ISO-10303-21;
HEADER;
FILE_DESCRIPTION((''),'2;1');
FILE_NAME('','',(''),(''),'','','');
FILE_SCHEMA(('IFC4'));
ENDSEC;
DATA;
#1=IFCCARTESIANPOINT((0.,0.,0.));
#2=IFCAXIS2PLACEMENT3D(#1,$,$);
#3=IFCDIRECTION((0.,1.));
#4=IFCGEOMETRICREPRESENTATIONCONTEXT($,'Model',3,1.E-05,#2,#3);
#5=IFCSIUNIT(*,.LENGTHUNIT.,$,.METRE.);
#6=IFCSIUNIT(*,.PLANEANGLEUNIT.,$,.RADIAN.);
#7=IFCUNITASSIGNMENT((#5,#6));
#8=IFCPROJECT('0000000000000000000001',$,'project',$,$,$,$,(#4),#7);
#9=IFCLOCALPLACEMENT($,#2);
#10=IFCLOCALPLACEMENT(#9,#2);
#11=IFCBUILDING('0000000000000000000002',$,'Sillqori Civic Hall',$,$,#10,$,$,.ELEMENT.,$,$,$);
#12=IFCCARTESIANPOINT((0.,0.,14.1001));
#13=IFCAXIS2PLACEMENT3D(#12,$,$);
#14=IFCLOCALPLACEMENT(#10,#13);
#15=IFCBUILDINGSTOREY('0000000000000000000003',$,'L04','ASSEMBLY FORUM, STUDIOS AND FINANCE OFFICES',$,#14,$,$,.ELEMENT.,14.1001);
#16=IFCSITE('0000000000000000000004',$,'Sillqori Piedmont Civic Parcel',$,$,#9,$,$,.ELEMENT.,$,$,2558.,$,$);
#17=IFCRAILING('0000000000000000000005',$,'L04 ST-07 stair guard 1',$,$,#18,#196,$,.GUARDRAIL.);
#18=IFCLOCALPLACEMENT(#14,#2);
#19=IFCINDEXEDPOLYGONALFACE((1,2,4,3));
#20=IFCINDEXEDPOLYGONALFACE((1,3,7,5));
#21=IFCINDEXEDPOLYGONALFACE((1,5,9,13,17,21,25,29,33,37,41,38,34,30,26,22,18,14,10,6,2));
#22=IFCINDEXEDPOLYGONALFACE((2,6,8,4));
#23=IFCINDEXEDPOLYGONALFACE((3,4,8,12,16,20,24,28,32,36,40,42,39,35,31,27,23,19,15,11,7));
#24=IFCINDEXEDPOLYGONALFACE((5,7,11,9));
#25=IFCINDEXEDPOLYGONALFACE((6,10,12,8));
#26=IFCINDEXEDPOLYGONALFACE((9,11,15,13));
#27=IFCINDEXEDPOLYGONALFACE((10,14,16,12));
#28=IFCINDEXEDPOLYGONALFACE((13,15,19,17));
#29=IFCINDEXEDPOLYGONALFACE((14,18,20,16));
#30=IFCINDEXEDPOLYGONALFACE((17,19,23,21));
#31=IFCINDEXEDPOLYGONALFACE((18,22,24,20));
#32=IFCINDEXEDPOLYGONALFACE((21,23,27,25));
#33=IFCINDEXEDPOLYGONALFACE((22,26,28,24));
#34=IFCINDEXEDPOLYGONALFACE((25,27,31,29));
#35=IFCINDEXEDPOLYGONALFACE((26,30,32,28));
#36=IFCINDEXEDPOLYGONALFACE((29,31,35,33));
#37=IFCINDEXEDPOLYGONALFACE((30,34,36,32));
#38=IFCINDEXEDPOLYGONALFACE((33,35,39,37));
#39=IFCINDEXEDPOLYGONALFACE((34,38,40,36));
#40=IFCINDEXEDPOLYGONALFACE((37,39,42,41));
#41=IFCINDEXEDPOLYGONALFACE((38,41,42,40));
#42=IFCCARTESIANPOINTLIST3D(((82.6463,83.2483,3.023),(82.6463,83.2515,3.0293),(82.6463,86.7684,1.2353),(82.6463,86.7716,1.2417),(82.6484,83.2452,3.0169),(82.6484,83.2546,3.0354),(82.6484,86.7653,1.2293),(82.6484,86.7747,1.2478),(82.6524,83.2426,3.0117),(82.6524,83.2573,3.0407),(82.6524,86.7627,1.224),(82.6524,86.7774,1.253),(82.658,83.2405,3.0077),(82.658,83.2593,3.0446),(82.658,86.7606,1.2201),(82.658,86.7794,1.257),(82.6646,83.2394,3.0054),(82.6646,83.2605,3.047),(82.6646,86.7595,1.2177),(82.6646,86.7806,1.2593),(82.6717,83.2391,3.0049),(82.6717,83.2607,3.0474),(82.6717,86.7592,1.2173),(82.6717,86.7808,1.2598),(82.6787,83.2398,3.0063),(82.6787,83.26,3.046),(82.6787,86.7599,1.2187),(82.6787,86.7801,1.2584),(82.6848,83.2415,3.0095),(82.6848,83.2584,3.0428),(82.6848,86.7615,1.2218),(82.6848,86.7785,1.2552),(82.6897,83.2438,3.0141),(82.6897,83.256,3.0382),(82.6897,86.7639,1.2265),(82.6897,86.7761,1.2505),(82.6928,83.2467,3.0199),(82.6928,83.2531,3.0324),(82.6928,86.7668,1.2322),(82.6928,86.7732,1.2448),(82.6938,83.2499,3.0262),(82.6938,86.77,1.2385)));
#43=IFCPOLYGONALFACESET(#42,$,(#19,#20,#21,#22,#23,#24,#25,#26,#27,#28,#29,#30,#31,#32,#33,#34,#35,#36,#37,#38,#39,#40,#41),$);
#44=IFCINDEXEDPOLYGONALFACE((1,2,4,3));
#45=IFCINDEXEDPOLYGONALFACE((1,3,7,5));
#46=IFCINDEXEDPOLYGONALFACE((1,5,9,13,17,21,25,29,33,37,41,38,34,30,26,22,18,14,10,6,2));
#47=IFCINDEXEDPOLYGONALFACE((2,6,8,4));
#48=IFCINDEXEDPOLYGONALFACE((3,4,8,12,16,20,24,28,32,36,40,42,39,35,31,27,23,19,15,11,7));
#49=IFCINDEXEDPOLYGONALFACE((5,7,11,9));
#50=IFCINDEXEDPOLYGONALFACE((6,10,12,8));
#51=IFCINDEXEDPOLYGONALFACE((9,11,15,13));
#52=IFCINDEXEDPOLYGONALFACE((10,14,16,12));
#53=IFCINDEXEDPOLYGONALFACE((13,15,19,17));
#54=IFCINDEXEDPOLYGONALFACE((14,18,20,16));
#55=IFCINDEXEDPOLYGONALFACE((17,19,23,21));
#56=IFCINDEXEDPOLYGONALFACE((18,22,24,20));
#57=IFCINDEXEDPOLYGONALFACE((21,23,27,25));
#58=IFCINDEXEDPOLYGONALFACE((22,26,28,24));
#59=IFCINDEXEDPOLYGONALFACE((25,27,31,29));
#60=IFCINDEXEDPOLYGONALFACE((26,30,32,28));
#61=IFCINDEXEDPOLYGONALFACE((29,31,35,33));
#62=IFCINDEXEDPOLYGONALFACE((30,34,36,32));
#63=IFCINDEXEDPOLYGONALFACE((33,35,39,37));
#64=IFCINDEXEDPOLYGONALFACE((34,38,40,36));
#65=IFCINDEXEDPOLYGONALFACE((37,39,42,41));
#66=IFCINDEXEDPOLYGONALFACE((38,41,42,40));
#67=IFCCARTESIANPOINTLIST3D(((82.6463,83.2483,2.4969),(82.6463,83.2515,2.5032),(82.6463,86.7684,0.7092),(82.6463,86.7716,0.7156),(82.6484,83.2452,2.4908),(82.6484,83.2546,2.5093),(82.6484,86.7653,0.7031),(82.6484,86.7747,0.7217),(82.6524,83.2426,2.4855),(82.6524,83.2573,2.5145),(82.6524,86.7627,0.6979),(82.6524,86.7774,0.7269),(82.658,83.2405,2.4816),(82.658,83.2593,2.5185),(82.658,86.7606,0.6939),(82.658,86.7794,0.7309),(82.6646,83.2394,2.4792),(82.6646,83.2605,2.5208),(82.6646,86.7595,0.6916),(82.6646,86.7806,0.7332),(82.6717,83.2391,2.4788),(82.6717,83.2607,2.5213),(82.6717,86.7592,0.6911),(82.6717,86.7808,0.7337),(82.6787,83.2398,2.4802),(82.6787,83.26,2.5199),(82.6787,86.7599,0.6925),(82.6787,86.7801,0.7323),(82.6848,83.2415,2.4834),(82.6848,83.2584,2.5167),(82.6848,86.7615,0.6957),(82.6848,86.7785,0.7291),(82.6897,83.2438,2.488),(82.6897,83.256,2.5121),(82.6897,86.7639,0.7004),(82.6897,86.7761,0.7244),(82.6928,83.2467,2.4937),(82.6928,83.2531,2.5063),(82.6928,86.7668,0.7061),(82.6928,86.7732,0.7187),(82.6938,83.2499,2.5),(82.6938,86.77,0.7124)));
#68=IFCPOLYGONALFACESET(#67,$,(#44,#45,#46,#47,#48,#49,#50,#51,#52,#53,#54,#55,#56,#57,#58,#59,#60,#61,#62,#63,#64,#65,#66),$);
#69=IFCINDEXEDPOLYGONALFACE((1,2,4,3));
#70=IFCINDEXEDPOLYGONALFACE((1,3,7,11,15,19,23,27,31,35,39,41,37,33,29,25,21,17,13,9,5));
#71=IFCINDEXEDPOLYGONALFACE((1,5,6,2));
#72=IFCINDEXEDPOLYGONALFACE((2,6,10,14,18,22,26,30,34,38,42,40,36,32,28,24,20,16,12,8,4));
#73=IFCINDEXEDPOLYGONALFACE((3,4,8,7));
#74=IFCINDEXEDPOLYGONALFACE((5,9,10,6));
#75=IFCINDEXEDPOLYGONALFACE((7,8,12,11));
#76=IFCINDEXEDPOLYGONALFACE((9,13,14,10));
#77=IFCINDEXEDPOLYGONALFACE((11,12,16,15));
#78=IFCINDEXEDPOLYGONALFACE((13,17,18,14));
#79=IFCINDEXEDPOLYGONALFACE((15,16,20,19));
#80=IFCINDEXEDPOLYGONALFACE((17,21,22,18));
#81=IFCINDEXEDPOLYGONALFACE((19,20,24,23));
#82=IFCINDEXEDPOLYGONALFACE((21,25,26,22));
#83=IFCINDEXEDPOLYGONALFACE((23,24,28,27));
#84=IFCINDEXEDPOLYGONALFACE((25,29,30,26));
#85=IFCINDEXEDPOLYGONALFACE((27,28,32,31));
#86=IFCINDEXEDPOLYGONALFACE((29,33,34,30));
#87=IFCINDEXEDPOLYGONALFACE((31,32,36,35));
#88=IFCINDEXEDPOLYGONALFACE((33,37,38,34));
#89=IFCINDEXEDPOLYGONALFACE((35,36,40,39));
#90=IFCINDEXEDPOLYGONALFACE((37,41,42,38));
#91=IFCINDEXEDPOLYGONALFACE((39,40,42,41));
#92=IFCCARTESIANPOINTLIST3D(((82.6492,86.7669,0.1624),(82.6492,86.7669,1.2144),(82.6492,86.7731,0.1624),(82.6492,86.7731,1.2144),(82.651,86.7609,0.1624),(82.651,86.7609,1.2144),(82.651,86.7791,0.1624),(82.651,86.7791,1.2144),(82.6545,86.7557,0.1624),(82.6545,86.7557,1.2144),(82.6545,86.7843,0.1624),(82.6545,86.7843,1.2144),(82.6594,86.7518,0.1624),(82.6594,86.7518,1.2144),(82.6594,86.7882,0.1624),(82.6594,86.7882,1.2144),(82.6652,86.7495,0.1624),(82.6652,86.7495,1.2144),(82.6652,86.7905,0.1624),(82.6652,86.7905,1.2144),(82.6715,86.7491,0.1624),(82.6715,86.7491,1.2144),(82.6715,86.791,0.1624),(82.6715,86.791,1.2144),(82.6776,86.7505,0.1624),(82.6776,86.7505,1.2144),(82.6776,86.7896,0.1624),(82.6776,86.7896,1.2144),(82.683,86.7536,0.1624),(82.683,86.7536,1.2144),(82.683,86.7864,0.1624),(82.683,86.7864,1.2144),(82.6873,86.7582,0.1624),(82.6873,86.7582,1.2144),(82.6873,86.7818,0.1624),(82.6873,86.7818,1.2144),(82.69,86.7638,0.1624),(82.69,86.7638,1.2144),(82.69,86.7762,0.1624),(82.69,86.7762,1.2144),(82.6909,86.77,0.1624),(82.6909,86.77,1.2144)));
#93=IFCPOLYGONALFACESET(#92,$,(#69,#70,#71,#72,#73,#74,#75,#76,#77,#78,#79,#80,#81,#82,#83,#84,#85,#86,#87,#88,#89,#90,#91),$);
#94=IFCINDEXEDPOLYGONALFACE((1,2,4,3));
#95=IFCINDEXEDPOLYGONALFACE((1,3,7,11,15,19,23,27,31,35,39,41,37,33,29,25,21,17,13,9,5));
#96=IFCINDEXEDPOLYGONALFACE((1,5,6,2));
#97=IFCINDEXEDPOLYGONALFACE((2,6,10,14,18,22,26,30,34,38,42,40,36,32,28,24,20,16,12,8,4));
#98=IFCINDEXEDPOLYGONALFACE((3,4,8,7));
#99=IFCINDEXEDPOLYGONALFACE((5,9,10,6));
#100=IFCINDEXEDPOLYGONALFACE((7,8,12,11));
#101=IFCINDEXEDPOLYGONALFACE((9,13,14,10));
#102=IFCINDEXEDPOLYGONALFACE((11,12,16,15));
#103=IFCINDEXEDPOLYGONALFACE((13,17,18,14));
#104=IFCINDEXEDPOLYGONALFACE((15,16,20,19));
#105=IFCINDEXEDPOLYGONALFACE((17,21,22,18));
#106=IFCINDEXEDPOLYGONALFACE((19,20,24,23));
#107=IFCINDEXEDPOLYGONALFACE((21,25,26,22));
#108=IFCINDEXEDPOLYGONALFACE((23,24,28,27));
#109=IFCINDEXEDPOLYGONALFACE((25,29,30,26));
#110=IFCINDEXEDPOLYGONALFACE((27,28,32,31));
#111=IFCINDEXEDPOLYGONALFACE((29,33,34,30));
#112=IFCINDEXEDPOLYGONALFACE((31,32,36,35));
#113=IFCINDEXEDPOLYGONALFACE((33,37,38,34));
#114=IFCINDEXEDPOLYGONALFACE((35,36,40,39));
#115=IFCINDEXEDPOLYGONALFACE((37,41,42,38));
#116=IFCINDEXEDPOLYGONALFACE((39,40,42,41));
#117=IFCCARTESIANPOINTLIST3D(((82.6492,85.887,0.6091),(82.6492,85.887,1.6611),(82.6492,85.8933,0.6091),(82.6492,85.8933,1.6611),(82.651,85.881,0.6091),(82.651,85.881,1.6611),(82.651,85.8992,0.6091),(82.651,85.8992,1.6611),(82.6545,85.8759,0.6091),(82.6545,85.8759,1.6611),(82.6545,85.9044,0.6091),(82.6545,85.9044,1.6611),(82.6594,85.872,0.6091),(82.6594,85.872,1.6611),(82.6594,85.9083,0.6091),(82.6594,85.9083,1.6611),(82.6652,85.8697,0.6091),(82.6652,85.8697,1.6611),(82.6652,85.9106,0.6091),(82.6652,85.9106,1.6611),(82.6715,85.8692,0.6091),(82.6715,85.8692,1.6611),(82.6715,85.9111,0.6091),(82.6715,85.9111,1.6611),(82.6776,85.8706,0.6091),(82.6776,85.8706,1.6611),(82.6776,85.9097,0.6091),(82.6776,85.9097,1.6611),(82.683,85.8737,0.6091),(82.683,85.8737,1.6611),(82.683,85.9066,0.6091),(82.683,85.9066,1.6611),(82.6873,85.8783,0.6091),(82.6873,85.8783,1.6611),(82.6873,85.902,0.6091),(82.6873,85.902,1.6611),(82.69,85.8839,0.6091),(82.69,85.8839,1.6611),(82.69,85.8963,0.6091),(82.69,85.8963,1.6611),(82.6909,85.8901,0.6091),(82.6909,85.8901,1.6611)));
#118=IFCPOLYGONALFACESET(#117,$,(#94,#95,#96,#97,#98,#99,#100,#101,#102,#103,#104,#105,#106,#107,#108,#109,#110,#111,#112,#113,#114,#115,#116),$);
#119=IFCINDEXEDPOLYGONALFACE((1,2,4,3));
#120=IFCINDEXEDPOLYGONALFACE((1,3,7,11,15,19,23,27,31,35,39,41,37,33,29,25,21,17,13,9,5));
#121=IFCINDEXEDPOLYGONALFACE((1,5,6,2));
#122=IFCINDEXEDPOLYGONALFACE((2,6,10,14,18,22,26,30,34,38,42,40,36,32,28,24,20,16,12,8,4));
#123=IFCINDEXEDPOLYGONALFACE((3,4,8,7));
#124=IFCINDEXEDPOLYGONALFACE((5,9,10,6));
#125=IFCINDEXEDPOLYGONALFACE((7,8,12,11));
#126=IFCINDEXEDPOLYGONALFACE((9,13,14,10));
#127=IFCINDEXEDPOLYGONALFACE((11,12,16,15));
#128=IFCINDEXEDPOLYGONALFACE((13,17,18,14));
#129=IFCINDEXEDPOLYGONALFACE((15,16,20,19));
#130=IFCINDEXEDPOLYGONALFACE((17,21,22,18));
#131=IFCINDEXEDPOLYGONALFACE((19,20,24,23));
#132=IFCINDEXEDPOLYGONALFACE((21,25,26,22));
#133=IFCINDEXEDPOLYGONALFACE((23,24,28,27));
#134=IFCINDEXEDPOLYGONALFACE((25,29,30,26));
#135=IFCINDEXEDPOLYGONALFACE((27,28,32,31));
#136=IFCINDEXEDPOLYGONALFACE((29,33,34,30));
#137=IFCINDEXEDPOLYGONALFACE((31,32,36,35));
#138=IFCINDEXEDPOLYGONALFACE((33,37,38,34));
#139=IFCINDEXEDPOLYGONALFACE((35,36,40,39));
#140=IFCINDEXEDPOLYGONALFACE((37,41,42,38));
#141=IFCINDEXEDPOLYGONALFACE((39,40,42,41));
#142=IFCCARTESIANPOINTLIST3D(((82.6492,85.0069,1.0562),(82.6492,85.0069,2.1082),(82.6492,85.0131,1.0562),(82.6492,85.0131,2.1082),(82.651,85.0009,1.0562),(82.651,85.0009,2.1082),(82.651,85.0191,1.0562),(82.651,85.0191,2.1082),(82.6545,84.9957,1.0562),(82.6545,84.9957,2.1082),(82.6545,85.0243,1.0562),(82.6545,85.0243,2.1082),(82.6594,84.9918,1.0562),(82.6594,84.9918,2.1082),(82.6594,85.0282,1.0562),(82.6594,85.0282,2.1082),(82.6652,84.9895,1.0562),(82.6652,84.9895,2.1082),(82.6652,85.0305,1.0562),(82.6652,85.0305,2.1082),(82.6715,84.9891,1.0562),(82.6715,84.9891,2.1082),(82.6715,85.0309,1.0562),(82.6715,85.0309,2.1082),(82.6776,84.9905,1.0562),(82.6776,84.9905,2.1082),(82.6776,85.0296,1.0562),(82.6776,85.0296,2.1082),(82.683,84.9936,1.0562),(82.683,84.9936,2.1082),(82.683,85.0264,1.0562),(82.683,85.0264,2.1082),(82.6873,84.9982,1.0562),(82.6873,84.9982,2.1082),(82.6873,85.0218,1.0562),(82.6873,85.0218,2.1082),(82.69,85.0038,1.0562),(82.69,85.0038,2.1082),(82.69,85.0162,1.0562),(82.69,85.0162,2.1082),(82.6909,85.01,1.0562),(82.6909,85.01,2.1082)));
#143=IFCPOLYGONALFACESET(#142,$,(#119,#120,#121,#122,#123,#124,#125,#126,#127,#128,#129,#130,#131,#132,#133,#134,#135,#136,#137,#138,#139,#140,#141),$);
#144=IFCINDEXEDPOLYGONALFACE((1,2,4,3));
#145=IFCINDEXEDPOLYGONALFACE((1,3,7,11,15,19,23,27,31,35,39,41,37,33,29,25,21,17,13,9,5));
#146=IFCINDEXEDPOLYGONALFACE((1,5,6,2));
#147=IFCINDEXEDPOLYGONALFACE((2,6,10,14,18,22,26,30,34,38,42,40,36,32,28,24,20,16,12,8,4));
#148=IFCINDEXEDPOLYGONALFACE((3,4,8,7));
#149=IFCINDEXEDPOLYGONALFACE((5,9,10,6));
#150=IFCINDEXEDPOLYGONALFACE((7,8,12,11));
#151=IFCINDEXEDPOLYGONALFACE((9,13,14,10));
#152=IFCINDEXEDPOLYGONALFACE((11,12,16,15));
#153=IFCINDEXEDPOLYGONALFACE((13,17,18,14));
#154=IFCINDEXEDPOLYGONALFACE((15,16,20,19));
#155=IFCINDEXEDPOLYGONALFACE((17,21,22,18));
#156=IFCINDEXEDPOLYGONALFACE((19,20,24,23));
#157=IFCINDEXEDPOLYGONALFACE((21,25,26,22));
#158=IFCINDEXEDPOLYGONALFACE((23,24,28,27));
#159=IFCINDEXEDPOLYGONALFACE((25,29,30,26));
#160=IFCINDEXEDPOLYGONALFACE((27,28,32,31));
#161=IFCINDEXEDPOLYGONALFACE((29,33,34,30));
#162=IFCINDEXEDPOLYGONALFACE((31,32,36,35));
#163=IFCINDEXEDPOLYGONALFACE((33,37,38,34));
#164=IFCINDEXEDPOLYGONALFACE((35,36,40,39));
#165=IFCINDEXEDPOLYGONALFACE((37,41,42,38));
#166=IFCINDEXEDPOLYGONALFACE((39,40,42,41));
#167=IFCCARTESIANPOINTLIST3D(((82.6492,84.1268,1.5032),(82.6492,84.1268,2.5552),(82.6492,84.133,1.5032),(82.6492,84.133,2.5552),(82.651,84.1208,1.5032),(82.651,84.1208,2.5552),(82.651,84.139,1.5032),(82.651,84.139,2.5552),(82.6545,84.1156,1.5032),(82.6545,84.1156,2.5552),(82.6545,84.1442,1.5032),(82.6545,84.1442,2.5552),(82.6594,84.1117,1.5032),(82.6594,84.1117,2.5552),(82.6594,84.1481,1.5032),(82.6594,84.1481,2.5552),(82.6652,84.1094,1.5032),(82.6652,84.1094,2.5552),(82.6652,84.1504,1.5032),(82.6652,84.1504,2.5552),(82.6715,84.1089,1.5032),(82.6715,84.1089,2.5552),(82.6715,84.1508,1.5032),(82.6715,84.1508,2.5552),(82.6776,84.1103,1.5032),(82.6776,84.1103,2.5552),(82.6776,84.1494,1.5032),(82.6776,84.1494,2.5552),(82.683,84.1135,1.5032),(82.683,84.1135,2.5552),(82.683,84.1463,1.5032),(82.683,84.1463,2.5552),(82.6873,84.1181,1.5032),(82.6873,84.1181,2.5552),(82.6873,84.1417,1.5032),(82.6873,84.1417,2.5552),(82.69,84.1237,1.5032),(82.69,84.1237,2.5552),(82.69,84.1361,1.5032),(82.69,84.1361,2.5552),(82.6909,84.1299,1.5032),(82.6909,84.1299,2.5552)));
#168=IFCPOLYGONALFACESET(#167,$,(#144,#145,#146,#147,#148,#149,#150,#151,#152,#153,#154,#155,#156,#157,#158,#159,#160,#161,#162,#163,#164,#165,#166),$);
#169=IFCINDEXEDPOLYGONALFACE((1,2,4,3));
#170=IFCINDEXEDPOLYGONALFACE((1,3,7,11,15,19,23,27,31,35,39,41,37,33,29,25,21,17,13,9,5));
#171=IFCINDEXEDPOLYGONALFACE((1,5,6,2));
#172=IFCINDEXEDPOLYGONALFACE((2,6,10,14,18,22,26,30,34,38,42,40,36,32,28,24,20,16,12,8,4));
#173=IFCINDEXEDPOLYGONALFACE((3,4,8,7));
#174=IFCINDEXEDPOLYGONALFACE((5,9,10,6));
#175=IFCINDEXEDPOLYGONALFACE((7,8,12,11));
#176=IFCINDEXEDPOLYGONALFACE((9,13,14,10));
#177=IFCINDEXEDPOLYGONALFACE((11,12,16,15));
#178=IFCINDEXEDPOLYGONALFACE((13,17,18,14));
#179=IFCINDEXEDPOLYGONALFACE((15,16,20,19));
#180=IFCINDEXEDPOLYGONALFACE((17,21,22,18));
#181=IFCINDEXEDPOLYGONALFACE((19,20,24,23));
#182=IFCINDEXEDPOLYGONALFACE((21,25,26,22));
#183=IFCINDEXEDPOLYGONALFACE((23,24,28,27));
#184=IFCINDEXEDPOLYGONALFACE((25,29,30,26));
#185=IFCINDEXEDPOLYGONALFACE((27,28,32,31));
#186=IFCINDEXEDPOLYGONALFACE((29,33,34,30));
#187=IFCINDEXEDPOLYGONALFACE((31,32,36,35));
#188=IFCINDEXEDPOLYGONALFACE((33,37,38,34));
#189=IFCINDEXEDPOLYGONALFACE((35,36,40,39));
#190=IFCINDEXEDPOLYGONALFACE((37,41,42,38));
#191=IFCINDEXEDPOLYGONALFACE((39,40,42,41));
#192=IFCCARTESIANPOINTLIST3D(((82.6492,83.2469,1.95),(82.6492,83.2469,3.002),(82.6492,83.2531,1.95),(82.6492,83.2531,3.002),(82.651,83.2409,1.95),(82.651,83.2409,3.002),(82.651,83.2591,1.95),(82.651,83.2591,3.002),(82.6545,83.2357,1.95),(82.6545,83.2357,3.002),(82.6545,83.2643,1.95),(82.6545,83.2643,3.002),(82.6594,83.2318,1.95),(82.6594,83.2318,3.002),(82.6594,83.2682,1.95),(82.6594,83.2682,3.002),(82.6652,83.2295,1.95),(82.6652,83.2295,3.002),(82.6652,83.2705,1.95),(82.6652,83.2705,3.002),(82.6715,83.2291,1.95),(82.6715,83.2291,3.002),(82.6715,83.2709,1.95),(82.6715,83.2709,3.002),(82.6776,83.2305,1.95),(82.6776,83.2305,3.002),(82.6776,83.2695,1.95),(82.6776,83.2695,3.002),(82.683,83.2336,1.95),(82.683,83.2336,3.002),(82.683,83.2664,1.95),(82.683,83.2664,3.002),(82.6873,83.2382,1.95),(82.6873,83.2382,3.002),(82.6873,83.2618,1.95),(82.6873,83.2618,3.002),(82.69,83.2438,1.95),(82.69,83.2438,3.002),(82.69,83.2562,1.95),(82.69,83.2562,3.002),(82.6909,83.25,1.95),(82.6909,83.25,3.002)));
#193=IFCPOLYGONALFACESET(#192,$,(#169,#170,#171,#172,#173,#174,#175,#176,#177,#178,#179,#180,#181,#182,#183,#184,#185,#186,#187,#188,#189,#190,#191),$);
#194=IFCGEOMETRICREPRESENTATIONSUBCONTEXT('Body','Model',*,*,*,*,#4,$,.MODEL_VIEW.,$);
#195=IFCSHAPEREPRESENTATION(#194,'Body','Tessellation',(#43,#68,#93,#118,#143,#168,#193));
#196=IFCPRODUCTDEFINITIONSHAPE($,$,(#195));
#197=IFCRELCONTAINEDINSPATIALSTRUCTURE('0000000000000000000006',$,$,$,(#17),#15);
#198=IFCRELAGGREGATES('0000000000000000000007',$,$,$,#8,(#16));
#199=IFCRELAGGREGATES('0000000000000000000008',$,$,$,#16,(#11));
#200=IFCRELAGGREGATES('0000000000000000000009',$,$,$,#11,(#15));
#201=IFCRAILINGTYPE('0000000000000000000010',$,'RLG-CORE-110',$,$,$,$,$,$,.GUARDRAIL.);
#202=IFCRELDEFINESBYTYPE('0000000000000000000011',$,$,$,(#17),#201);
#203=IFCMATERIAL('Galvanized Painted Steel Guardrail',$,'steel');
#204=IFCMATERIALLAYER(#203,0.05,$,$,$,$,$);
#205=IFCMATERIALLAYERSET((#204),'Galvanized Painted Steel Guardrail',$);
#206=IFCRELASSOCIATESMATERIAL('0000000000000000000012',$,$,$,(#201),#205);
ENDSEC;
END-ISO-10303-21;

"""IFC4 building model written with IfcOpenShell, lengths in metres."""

from ifc_helpers import new_model, si_unit, direction, frame, origin, origin_2d, place, context, subcontext, project, spatial, circle, extrude, material, layer, layer_set, type_object, element, save


model = new_model("IFC4")

# Units and contexts
model_context = context("Model", 3, precision=1e-05, world=origin(), true_north=direction((0.0, 1.0)))
body_context = subcontext(model_context, "Body", "Model", "MODEL_VIEW")
ifc_project = project(units=[si_unit("LENGTHUNIT", "METRE"), si_unit("PLANEANGLEUNIT", "RADIAN")], contexts=[model_context])

# Site, building, storey
site_placement = place(None, origin())
site = spatial("IfcSite", under=ifc_project, at=site_placement, Name="Sillqori Piedmont Civic Parcel", CompositionType="ELEMENT", RefElevation=2558.0)
building_placement = place(site_placement, origin())
building = spatial("IfcBuilding", under=site, at=building_placement, Name="Sillqori Civic Hall", CompositionType="ELEMENT")
storey_placement = place(building_placement, frame((0.0, 0.0, 14.1001)))
storey = spatial("IfcBuildingStorey", under=building, at=storey_placement, Name="L04", Description="ASSEMBLY FORUM, STUDIOS AND FINANCE OFFICES", CompositionType="ELEMENT", Elevation=14.1001)

# Railing
ifc_material_1 = material(Name="Galvanized Painted Steel Guardrail", Category="steel")
ifc_layer_1 = layer(ifc_material_1, 0.05)
ifc_layer_set_1 = layer_set([ifc_layer_1], Name="Galvanized Painted Steel Guardrail")
railing_type_1 = type_object("IfcRailingType", Name="RLG-CORE-110", PredefinedType="GUARDRAIL", material=ifc_layer_set_1)
railing_1_placement = place(storey_placement, frame((82.6699, 86.77, 0.1624)))
element("IfcRailing", 1, at=railing_1_placement, inside=storey, type_object=railing_type_1, Name="L04 ST-07 stair guard 1", PredefinedType="GUARDRAIL", context=body_context, shape_type="SweptSolid", body=[
    extrude(circle(Radius=0.0239, at=origin_2d()), frame((0.0, 0.0, 1.0762), z_axis=(0.0, -0.891615, 0.452795), x_axis=(1.0, 0.0, 0.0)), (0.0, 0.0, 1.0), 3.948),
    extrude(circle(Radius=0.0239, at=origin_2d()), frame((0.0, 0.0, 0.55), z_axis=(0.0, -0.891615, 0.452795), x_axis=(1.0, 0.0, 0.0)), (0.0, 0.0, 1.0), 3.948),
    extrude(circle(Radius=0.021, at=origin_2d()), origin(), (0.0, 0.0, 1.0), 1.052),
    extrude(circle(Radius=0.021, at=origin_2d()), frame((0.0, -0.8799, 0.4468)), (0.0, 0.0, 1.0), 1.052),
    extrude(circle(Radius=0.021, at=origin_2d()), frame((0.0, -1.76, 0.8938)), (0.0, 0.0, 1.0), 1.052),
    extrude(circle(Radius=0.021, at=origin_2d()), frame((0.0, -2.6401, 1.3408)), (0.0, 0.0, 1.0), 1.052),
    extrude(circle(Radius=0.021, at=origin_2d()), frame((0.0, -3.52, 1.7876)), (0.0, 0.0, 1.0), 1.052),
])

save(model, "model.ifc")
